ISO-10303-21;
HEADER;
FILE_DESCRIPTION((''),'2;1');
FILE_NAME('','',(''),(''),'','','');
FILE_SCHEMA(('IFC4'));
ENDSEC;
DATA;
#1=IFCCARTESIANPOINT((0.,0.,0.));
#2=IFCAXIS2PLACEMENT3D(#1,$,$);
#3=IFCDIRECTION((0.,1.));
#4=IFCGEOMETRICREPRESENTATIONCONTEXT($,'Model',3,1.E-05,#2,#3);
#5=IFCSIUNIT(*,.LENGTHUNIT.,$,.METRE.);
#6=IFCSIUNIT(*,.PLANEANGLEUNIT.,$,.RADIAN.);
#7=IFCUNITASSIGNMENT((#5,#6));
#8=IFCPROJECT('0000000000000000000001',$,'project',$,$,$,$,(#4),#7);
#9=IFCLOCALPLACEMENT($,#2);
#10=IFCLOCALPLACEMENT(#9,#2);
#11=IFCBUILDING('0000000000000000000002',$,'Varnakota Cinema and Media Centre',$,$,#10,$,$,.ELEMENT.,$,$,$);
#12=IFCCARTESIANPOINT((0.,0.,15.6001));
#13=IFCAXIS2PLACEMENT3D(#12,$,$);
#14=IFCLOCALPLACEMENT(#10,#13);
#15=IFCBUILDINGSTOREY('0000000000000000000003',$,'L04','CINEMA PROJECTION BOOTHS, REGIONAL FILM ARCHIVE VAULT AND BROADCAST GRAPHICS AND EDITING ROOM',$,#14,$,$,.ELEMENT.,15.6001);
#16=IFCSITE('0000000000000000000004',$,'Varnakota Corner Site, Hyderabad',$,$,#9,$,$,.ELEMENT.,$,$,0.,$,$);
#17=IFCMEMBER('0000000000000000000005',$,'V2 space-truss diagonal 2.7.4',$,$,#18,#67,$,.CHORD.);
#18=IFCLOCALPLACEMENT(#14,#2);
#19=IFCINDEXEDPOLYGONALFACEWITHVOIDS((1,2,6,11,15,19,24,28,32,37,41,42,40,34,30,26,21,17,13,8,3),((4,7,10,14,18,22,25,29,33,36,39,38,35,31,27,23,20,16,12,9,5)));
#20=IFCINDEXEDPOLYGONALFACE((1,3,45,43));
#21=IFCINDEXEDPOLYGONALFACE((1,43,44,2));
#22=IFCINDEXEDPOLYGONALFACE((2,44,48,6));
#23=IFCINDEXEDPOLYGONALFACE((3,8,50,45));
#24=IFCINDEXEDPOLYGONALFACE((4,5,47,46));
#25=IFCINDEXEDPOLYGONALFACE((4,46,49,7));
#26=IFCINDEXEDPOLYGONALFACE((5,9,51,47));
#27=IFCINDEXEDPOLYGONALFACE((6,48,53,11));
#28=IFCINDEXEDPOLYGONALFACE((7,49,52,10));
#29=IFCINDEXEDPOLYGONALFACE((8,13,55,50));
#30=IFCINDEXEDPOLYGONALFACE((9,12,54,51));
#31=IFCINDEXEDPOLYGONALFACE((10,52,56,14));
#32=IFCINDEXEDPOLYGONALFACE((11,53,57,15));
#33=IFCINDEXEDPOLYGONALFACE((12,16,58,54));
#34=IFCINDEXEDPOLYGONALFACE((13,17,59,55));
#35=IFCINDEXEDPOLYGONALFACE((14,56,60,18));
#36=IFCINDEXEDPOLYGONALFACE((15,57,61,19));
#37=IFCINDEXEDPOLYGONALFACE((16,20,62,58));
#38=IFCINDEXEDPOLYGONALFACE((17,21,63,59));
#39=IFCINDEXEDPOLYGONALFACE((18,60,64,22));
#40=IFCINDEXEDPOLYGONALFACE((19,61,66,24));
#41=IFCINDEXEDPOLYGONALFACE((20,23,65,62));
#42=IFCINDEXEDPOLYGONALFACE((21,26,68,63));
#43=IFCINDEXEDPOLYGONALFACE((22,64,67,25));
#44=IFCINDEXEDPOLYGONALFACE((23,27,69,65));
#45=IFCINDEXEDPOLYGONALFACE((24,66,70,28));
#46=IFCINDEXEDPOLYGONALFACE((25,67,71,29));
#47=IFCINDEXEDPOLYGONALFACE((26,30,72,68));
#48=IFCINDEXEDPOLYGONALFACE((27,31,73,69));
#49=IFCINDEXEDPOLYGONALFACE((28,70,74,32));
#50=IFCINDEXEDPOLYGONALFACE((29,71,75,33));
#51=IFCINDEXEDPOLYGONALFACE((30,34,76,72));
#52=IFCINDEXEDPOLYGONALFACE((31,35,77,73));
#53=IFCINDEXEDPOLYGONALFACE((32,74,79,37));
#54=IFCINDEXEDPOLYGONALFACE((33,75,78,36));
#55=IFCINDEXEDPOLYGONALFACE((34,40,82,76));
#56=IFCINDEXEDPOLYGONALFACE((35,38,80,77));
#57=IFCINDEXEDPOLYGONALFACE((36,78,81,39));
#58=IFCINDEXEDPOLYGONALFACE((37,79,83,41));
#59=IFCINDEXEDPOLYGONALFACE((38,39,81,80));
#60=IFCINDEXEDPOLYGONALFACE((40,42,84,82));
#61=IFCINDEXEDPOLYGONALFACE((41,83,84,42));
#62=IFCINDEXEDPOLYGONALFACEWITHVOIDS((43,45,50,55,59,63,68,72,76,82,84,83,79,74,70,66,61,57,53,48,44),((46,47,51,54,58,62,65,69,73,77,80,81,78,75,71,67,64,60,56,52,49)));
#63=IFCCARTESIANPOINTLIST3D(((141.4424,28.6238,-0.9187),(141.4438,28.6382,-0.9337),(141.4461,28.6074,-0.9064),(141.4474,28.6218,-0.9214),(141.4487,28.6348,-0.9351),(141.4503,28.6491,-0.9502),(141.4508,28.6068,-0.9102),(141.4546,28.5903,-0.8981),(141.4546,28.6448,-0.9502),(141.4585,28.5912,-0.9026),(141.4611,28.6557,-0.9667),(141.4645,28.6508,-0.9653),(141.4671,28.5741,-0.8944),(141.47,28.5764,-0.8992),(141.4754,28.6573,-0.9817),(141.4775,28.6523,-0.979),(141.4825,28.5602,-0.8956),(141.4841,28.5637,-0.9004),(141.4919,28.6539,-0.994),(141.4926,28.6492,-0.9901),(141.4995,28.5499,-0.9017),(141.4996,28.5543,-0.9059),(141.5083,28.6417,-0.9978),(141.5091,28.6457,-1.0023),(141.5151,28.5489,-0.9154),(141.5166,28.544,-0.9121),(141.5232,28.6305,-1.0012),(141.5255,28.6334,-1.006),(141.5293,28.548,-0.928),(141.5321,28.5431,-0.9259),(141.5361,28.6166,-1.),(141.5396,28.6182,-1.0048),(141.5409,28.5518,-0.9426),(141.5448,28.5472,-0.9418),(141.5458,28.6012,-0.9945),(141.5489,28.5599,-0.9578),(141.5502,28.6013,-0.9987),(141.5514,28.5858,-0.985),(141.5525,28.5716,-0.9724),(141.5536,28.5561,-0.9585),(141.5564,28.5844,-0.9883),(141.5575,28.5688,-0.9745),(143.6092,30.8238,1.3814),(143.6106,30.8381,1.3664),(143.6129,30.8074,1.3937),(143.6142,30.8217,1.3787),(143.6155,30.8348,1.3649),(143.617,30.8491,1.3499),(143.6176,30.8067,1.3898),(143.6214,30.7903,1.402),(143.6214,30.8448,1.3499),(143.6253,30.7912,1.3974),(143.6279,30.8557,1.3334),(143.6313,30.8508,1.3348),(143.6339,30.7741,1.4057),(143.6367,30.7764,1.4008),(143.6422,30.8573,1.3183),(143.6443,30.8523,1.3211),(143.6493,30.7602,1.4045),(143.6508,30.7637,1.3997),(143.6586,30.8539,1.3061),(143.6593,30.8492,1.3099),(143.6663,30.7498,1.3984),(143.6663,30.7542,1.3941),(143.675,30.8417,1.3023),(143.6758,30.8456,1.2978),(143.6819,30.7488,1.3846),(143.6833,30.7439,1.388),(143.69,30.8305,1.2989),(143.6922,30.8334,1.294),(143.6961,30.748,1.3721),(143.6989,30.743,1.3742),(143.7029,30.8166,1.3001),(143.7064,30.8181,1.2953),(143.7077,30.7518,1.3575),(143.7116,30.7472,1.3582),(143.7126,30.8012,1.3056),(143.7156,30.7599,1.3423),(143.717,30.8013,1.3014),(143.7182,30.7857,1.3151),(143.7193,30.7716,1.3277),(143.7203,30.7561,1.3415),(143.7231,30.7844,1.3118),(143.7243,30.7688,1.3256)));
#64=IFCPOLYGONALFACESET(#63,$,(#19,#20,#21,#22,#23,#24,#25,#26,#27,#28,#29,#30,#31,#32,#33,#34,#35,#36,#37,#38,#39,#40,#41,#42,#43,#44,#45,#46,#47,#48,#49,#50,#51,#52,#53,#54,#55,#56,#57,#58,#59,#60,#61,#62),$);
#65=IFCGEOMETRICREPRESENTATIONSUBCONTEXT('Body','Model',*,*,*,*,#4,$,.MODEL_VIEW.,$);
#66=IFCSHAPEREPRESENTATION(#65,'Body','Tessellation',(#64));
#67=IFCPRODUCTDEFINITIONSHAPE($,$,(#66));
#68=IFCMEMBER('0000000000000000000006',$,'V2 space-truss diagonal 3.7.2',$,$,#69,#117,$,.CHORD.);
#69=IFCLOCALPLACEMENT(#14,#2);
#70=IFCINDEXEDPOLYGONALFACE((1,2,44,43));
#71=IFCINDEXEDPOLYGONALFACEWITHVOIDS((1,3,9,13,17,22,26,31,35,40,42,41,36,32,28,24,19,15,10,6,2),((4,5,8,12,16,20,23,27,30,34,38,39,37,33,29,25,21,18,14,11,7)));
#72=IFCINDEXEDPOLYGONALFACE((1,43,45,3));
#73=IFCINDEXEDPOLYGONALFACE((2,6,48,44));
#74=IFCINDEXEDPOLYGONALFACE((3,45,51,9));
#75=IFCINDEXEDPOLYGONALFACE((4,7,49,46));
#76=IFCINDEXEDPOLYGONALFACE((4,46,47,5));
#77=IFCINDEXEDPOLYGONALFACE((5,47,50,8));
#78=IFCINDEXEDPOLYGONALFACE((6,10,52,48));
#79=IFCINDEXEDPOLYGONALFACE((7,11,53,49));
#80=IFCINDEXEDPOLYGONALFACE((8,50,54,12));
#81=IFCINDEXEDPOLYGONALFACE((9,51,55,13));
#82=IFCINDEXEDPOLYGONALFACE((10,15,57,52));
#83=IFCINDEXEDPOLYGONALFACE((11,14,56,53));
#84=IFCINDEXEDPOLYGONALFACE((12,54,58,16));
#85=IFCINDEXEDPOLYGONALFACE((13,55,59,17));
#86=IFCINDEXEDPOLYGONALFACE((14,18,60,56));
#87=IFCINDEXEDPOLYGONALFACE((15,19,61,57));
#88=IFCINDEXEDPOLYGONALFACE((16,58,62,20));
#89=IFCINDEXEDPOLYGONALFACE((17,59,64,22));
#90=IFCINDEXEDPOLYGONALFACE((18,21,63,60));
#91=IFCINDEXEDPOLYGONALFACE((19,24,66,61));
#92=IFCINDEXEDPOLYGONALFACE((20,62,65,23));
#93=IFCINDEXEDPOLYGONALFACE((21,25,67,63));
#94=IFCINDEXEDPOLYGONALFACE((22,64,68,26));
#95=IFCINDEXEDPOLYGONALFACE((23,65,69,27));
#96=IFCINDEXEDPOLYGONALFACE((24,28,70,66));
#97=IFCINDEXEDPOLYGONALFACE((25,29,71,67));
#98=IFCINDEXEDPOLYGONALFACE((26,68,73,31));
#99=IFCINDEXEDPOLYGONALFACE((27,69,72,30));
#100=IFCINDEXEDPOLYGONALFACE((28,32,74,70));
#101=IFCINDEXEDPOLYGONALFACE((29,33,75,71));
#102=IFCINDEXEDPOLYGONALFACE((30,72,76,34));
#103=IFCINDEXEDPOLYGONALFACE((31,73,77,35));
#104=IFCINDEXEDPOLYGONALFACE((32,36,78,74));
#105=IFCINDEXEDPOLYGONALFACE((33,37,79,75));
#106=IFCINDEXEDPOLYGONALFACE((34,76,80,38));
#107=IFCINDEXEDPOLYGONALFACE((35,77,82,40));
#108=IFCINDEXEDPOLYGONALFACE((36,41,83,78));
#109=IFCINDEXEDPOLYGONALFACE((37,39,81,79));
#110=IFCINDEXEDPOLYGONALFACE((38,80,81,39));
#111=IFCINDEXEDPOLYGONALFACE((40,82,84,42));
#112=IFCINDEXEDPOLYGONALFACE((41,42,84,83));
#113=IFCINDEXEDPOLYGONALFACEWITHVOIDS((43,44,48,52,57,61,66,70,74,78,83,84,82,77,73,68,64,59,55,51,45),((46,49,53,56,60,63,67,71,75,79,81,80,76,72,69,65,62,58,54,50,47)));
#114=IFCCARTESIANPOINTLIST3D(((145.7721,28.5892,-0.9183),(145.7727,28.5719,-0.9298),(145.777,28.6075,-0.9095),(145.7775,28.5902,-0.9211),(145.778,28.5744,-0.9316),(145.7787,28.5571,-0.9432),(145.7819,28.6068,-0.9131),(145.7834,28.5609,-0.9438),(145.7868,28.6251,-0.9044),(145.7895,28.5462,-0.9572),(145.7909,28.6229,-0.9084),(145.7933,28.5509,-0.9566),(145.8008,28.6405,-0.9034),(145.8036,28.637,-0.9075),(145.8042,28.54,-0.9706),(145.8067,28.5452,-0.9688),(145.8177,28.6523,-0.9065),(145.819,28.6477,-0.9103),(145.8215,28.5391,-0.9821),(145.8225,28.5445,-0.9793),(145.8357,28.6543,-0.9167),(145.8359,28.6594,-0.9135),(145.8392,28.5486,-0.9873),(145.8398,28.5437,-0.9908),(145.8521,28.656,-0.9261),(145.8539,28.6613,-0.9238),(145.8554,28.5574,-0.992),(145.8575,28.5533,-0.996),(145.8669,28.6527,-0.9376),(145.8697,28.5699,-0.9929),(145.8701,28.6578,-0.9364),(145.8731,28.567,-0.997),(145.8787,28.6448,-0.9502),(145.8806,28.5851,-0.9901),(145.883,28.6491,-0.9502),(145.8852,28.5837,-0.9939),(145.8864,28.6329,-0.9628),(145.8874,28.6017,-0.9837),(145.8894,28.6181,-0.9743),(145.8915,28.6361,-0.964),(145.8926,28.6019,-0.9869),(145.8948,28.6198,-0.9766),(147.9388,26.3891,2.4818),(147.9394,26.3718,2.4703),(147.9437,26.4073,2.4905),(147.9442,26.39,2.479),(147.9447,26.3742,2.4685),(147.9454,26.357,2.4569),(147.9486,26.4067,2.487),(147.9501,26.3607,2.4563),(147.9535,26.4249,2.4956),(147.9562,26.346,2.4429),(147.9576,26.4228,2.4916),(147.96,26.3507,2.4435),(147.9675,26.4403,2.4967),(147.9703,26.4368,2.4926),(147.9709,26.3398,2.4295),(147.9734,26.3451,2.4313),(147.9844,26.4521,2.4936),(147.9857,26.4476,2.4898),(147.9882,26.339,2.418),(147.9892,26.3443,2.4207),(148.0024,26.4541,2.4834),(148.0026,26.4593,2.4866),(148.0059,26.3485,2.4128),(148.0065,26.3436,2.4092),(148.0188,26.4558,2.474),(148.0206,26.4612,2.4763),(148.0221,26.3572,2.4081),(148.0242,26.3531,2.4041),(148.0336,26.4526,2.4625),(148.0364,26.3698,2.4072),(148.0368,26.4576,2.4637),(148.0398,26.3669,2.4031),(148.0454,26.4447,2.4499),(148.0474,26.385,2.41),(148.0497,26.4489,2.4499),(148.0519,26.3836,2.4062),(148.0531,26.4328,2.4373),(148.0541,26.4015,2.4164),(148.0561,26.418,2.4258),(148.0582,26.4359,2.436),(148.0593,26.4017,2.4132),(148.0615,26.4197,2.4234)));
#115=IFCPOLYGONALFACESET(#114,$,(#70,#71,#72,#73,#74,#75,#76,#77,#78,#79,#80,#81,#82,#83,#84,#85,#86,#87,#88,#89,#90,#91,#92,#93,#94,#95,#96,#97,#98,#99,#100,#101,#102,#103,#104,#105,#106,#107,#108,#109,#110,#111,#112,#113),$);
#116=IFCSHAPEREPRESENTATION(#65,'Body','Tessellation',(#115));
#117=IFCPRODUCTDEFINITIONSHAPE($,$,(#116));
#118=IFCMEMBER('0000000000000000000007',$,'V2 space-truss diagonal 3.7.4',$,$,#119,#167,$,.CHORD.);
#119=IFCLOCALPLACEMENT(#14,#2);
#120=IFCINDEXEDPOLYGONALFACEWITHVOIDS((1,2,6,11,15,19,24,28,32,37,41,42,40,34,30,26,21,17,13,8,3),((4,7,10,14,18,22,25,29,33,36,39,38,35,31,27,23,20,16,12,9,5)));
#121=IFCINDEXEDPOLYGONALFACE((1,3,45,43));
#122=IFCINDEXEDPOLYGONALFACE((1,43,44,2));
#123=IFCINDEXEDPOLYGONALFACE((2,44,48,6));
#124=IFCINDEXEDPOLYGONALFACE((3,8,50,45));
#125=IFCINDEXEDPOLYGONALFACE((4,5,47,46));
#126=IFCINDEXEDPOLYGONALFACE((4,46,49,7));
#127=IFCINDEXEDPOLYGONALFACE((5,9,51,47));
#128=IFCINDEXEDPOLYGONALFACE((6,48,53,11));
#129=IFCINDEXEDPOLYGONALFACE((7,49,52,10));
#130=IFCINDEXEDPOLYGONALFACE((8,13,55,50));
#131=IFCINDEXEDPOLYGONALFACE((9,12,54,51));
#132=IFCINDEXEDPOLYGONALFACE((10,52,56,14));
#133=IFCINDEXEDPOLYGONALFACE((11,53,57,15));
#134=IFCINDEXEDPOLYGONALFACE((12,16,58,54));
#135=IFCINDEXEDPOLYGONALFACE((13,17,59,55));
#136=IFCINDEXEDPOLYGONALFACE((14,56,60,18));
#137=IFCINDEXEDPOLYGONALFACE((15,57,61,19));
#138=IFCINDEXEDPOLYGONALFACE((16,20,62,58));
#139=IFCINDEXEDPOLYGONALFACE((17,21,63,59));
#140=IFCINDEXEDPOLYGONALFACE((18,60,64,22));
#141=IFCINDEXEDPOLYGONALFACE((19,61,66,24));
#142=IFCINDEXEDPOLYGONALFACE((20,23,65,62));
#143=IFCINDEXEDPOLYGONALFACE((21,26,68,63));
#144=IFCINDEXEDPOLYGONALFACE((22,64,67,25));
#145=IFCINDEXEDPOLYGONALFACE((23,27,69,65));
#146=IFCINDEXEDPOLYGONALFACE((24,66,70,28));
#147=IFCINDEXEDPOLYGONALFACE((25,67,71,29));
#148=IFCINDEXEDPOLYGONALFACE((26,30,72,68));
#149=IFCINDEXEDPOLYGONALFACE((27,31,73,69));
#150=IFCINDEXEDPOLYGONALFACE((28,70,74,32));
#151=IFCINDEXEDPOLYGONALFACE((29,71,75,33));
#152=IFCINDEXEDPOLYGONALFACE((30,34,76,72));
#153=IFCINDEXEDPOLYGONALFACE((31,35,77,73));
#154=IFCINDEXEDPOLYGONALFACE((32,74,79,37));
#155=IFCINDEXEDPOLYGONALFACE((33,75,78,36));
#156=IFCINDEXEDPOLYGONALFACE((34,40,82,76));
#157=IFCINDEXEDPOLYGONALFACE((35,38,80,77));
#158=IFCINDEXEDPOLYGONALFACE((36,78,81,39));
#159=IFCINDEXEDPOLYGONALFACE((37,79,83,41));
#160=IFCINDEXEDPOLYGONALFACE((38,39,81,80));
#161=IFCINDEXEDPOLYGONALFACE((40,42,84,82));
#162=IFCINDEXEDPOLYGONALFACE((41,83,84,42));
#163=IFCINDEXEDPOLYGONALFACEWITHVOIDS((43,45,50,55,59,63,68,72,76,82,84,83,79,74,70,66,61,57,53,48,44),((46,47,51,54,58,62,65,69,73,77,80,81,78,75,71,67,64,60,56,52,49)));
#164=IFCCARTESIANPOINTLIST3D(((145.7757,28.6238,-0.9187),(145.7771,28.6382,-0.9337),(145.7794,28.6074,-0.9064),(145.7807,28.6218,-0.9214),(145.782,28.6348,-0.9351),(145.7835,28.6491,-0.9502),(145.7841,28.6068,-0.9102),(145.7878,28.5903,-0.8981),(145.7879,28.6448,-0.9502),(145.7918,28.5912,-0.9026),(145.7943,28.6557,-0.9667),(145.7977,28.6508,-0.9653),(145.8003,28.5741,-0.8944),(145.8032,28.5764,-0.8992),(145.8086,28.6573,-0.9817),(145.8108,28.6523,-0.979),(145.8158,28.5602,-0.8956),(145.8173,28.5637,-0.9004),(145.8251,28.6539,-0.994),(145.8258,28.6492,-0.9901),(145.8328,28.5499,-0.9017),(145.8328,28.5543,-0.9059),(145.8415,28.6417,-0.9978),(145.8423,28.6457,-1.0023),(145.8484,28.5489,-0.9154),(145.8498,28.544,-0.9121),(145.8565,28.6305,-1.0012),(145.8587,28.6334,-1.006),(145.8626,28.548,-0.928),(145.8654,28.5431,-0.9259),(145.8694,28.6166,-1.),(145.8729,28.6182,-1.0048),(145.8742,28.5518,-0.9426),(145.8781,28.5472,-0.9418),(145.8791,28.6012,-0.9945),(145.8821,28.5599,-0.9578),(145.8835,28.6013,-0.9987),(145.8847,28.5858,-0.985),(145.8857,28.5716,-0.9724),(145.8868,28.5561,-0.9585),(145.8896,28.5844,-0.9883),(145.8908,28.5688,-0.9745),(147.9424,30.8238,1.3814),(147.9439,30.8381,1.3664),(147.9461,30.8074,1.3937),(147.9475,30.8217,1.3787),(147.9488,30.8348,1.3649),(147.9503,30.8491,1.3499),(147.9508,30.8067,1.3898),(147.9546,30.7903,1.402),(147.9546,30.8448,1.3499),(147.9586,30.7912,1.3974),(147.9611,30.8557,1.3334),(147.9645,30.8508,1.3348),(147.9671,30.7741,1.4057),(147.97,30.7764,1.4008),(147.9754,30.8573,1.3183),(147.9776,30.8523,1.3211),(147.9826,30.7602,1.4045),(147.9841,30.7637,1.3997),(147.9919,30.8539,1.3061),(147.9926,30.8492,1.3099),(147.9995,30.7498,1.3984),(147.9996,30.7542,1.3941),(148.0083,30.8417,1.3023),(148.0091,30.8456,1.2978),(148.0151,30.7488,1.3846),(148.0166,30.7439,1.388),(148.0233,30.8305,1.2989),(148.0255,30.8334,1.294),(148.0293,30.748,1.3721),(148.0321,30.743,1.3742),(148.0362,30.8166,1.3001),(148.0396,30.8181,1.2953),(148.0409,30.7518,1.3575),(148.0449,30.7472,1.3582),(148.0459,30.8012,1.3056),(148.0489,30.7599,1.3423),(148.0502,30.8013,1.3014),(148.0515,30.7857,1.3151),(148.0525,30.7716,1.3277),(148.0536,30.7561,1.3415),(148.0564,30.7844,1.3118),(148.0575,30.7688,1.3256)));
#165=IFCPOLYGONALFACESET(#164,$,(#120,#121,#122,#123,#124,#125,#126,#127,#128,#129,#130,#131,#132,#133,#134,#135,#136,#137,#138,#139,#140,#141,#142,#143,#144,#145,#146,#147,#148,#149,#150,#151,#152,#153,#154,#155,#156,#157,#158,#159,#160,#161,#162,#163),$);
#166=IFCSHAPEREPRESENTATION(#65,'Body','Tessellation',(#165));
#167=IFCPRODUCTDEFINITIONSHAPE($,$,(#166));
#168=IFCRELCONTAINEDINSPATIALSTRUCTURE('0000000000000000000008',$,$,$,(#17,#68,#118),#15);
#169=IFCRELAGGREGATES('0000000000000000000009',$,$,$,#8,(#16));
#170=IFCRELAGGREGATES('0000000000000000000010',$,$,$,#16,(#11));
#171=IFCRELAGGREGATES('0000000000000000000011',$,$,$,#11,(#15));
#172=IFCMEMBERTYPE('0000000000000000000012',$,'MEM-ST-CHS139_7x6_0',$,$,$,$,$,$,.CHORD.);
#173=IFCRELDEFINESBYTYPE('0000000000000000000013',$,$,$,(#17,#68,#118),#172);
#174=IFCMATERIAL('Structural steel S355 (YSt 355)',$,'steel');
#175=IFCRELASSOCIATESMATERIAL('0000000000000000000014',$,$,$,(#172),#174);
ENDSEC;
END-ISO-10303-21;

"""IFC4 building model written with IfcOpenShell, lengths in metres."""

from ifc_helpers import new_model, si_unit, direction, frame, origin, origin_2d, place, context, subcontext, project, spatial, hollow_circle, extrude, material, material_profile, profile_set, type_object, element, save


model = new_model("IFC4")

# Units and contexts
model_context = context("Model", 3, precision=1e-05, world=origin(), true_north=direction((0.0, 1.0)))
body_context = subcontext(model_context, "Body", "Model", "MODEL_VIEW")
ifc_project = project(units=[si_unit("LENGTHUNIT", "METRE"), si_unit("PLANEANGLEUNIT", "RADIAN")], contexts=[model_context])

# Site, building, storey
site_placement = place(None, origin())
site = spatial("IfcSite", under=ifc_project, at=site_placement, Name="Varnakota Corner Site, Hyderabad", CompositionType="ELEMENT", RefElevation=0.0)
building_placement = place(site_placement, origin())
building = spatial("IfcBuilding", under=site, at=building_placement, Name="Varnakota Cinema and Media Centre", CompositionType="ELEMENT")
storey_placement = place(building_placement, frame((0.0, 0.0, 15.6001)))
storey = spatial("IfcBuildingStorey", under=building, at=storey_placement, Name="L04", Description="CINEMA PROJECTION BOOTHS, REGIONAL FILM ARCHIVE VAULT AND BROADCAST GRAPHICS AND EDITING ROOM", CompositionType="ELEMENT", Elevation=15.6001)

# Members
ifc_material_1 = material(Name="Structural steel S355 (YSt 355)", Category="steel")
ifc_material_profile_1 = material_profile(ifc_material_1, hollow_circle(Radius=0.0698, WallThickness=0.0061, at=origin_2d()), Name="CHS 139.7x6.0")
ifc_profile_set_1 = profile_set([ifc_material_profile_1], Name="Structural steel S355 (YSt 355)")
member_type_1 = type_object("IfcMemberType", Name="MEM-ST-CHS139_7x6_0", PredefinedType="CHORD", material=ifc_profile_set_1)
member_1_placement = place(storey_placement, frame((141.5, 28.6001, -0.9502), z_axis=(0.562748, 0.571371, 0.597369), x_axis=(-0.712463, 0.70171, 0.0)))
element("IfcMember", 1, at=member_1_placement, inside=storey, type_object=member_type_1, Name="V2 space-truss diagonal 2.7.4", PredefinedType="CHORD", context=body_context, shape_type="SweptSolid", body=[
    extrude(hollow_circle(Radius=0.0698, WallThickness=0.0061, at=origin_2d()), origin(), (0.0, 0.0, 1.0), 3.8503),
])
member_2_placement = place(storey_placement, frame((145.8333, 28.6001, -0.9502), z_axis=(0.471739, -0.479021, 0.740271), x_axis=(0.712502, 0.70167, 0.0)))
element("IfcMember", 2, at=member_2_placement, inside=storey, type_object=member_type_1, Name="V2 space-truss diagonal 3.7.2", PredefinedType="CHORD", context=body_context, shape_type="SweptSolid", body=[
    extrude(hollow_circle(Radius=0.0698, WallThickness=0.0061, at=origin_2d()), origin(), (0.0, 0.0, 1.0), 4.593),
])
member_3_placement = place(storey_placement, frame((145.8333, 28.6001, -0.9502), z_axis=(0.562748, 0.571371, 0.597369), x_axis=(-0.712463, 0.70171, 0.0)))
element("IfcMember", 3, at=member_3_placement, inside=storey, type_object=member_type_1, Name="V2 space-truss diagonal 3.7.4", PredefinedType="CHORD", context=body_context, shape_type="SweptSolid", body=[
    extrude(hollow_circle(Radius=0.0698, WallThickness=0.0061, at=origin_2d()), origin(), (0.0, 0.0, 1.0), 3.8503),
])

save(model, "model.ifc")
